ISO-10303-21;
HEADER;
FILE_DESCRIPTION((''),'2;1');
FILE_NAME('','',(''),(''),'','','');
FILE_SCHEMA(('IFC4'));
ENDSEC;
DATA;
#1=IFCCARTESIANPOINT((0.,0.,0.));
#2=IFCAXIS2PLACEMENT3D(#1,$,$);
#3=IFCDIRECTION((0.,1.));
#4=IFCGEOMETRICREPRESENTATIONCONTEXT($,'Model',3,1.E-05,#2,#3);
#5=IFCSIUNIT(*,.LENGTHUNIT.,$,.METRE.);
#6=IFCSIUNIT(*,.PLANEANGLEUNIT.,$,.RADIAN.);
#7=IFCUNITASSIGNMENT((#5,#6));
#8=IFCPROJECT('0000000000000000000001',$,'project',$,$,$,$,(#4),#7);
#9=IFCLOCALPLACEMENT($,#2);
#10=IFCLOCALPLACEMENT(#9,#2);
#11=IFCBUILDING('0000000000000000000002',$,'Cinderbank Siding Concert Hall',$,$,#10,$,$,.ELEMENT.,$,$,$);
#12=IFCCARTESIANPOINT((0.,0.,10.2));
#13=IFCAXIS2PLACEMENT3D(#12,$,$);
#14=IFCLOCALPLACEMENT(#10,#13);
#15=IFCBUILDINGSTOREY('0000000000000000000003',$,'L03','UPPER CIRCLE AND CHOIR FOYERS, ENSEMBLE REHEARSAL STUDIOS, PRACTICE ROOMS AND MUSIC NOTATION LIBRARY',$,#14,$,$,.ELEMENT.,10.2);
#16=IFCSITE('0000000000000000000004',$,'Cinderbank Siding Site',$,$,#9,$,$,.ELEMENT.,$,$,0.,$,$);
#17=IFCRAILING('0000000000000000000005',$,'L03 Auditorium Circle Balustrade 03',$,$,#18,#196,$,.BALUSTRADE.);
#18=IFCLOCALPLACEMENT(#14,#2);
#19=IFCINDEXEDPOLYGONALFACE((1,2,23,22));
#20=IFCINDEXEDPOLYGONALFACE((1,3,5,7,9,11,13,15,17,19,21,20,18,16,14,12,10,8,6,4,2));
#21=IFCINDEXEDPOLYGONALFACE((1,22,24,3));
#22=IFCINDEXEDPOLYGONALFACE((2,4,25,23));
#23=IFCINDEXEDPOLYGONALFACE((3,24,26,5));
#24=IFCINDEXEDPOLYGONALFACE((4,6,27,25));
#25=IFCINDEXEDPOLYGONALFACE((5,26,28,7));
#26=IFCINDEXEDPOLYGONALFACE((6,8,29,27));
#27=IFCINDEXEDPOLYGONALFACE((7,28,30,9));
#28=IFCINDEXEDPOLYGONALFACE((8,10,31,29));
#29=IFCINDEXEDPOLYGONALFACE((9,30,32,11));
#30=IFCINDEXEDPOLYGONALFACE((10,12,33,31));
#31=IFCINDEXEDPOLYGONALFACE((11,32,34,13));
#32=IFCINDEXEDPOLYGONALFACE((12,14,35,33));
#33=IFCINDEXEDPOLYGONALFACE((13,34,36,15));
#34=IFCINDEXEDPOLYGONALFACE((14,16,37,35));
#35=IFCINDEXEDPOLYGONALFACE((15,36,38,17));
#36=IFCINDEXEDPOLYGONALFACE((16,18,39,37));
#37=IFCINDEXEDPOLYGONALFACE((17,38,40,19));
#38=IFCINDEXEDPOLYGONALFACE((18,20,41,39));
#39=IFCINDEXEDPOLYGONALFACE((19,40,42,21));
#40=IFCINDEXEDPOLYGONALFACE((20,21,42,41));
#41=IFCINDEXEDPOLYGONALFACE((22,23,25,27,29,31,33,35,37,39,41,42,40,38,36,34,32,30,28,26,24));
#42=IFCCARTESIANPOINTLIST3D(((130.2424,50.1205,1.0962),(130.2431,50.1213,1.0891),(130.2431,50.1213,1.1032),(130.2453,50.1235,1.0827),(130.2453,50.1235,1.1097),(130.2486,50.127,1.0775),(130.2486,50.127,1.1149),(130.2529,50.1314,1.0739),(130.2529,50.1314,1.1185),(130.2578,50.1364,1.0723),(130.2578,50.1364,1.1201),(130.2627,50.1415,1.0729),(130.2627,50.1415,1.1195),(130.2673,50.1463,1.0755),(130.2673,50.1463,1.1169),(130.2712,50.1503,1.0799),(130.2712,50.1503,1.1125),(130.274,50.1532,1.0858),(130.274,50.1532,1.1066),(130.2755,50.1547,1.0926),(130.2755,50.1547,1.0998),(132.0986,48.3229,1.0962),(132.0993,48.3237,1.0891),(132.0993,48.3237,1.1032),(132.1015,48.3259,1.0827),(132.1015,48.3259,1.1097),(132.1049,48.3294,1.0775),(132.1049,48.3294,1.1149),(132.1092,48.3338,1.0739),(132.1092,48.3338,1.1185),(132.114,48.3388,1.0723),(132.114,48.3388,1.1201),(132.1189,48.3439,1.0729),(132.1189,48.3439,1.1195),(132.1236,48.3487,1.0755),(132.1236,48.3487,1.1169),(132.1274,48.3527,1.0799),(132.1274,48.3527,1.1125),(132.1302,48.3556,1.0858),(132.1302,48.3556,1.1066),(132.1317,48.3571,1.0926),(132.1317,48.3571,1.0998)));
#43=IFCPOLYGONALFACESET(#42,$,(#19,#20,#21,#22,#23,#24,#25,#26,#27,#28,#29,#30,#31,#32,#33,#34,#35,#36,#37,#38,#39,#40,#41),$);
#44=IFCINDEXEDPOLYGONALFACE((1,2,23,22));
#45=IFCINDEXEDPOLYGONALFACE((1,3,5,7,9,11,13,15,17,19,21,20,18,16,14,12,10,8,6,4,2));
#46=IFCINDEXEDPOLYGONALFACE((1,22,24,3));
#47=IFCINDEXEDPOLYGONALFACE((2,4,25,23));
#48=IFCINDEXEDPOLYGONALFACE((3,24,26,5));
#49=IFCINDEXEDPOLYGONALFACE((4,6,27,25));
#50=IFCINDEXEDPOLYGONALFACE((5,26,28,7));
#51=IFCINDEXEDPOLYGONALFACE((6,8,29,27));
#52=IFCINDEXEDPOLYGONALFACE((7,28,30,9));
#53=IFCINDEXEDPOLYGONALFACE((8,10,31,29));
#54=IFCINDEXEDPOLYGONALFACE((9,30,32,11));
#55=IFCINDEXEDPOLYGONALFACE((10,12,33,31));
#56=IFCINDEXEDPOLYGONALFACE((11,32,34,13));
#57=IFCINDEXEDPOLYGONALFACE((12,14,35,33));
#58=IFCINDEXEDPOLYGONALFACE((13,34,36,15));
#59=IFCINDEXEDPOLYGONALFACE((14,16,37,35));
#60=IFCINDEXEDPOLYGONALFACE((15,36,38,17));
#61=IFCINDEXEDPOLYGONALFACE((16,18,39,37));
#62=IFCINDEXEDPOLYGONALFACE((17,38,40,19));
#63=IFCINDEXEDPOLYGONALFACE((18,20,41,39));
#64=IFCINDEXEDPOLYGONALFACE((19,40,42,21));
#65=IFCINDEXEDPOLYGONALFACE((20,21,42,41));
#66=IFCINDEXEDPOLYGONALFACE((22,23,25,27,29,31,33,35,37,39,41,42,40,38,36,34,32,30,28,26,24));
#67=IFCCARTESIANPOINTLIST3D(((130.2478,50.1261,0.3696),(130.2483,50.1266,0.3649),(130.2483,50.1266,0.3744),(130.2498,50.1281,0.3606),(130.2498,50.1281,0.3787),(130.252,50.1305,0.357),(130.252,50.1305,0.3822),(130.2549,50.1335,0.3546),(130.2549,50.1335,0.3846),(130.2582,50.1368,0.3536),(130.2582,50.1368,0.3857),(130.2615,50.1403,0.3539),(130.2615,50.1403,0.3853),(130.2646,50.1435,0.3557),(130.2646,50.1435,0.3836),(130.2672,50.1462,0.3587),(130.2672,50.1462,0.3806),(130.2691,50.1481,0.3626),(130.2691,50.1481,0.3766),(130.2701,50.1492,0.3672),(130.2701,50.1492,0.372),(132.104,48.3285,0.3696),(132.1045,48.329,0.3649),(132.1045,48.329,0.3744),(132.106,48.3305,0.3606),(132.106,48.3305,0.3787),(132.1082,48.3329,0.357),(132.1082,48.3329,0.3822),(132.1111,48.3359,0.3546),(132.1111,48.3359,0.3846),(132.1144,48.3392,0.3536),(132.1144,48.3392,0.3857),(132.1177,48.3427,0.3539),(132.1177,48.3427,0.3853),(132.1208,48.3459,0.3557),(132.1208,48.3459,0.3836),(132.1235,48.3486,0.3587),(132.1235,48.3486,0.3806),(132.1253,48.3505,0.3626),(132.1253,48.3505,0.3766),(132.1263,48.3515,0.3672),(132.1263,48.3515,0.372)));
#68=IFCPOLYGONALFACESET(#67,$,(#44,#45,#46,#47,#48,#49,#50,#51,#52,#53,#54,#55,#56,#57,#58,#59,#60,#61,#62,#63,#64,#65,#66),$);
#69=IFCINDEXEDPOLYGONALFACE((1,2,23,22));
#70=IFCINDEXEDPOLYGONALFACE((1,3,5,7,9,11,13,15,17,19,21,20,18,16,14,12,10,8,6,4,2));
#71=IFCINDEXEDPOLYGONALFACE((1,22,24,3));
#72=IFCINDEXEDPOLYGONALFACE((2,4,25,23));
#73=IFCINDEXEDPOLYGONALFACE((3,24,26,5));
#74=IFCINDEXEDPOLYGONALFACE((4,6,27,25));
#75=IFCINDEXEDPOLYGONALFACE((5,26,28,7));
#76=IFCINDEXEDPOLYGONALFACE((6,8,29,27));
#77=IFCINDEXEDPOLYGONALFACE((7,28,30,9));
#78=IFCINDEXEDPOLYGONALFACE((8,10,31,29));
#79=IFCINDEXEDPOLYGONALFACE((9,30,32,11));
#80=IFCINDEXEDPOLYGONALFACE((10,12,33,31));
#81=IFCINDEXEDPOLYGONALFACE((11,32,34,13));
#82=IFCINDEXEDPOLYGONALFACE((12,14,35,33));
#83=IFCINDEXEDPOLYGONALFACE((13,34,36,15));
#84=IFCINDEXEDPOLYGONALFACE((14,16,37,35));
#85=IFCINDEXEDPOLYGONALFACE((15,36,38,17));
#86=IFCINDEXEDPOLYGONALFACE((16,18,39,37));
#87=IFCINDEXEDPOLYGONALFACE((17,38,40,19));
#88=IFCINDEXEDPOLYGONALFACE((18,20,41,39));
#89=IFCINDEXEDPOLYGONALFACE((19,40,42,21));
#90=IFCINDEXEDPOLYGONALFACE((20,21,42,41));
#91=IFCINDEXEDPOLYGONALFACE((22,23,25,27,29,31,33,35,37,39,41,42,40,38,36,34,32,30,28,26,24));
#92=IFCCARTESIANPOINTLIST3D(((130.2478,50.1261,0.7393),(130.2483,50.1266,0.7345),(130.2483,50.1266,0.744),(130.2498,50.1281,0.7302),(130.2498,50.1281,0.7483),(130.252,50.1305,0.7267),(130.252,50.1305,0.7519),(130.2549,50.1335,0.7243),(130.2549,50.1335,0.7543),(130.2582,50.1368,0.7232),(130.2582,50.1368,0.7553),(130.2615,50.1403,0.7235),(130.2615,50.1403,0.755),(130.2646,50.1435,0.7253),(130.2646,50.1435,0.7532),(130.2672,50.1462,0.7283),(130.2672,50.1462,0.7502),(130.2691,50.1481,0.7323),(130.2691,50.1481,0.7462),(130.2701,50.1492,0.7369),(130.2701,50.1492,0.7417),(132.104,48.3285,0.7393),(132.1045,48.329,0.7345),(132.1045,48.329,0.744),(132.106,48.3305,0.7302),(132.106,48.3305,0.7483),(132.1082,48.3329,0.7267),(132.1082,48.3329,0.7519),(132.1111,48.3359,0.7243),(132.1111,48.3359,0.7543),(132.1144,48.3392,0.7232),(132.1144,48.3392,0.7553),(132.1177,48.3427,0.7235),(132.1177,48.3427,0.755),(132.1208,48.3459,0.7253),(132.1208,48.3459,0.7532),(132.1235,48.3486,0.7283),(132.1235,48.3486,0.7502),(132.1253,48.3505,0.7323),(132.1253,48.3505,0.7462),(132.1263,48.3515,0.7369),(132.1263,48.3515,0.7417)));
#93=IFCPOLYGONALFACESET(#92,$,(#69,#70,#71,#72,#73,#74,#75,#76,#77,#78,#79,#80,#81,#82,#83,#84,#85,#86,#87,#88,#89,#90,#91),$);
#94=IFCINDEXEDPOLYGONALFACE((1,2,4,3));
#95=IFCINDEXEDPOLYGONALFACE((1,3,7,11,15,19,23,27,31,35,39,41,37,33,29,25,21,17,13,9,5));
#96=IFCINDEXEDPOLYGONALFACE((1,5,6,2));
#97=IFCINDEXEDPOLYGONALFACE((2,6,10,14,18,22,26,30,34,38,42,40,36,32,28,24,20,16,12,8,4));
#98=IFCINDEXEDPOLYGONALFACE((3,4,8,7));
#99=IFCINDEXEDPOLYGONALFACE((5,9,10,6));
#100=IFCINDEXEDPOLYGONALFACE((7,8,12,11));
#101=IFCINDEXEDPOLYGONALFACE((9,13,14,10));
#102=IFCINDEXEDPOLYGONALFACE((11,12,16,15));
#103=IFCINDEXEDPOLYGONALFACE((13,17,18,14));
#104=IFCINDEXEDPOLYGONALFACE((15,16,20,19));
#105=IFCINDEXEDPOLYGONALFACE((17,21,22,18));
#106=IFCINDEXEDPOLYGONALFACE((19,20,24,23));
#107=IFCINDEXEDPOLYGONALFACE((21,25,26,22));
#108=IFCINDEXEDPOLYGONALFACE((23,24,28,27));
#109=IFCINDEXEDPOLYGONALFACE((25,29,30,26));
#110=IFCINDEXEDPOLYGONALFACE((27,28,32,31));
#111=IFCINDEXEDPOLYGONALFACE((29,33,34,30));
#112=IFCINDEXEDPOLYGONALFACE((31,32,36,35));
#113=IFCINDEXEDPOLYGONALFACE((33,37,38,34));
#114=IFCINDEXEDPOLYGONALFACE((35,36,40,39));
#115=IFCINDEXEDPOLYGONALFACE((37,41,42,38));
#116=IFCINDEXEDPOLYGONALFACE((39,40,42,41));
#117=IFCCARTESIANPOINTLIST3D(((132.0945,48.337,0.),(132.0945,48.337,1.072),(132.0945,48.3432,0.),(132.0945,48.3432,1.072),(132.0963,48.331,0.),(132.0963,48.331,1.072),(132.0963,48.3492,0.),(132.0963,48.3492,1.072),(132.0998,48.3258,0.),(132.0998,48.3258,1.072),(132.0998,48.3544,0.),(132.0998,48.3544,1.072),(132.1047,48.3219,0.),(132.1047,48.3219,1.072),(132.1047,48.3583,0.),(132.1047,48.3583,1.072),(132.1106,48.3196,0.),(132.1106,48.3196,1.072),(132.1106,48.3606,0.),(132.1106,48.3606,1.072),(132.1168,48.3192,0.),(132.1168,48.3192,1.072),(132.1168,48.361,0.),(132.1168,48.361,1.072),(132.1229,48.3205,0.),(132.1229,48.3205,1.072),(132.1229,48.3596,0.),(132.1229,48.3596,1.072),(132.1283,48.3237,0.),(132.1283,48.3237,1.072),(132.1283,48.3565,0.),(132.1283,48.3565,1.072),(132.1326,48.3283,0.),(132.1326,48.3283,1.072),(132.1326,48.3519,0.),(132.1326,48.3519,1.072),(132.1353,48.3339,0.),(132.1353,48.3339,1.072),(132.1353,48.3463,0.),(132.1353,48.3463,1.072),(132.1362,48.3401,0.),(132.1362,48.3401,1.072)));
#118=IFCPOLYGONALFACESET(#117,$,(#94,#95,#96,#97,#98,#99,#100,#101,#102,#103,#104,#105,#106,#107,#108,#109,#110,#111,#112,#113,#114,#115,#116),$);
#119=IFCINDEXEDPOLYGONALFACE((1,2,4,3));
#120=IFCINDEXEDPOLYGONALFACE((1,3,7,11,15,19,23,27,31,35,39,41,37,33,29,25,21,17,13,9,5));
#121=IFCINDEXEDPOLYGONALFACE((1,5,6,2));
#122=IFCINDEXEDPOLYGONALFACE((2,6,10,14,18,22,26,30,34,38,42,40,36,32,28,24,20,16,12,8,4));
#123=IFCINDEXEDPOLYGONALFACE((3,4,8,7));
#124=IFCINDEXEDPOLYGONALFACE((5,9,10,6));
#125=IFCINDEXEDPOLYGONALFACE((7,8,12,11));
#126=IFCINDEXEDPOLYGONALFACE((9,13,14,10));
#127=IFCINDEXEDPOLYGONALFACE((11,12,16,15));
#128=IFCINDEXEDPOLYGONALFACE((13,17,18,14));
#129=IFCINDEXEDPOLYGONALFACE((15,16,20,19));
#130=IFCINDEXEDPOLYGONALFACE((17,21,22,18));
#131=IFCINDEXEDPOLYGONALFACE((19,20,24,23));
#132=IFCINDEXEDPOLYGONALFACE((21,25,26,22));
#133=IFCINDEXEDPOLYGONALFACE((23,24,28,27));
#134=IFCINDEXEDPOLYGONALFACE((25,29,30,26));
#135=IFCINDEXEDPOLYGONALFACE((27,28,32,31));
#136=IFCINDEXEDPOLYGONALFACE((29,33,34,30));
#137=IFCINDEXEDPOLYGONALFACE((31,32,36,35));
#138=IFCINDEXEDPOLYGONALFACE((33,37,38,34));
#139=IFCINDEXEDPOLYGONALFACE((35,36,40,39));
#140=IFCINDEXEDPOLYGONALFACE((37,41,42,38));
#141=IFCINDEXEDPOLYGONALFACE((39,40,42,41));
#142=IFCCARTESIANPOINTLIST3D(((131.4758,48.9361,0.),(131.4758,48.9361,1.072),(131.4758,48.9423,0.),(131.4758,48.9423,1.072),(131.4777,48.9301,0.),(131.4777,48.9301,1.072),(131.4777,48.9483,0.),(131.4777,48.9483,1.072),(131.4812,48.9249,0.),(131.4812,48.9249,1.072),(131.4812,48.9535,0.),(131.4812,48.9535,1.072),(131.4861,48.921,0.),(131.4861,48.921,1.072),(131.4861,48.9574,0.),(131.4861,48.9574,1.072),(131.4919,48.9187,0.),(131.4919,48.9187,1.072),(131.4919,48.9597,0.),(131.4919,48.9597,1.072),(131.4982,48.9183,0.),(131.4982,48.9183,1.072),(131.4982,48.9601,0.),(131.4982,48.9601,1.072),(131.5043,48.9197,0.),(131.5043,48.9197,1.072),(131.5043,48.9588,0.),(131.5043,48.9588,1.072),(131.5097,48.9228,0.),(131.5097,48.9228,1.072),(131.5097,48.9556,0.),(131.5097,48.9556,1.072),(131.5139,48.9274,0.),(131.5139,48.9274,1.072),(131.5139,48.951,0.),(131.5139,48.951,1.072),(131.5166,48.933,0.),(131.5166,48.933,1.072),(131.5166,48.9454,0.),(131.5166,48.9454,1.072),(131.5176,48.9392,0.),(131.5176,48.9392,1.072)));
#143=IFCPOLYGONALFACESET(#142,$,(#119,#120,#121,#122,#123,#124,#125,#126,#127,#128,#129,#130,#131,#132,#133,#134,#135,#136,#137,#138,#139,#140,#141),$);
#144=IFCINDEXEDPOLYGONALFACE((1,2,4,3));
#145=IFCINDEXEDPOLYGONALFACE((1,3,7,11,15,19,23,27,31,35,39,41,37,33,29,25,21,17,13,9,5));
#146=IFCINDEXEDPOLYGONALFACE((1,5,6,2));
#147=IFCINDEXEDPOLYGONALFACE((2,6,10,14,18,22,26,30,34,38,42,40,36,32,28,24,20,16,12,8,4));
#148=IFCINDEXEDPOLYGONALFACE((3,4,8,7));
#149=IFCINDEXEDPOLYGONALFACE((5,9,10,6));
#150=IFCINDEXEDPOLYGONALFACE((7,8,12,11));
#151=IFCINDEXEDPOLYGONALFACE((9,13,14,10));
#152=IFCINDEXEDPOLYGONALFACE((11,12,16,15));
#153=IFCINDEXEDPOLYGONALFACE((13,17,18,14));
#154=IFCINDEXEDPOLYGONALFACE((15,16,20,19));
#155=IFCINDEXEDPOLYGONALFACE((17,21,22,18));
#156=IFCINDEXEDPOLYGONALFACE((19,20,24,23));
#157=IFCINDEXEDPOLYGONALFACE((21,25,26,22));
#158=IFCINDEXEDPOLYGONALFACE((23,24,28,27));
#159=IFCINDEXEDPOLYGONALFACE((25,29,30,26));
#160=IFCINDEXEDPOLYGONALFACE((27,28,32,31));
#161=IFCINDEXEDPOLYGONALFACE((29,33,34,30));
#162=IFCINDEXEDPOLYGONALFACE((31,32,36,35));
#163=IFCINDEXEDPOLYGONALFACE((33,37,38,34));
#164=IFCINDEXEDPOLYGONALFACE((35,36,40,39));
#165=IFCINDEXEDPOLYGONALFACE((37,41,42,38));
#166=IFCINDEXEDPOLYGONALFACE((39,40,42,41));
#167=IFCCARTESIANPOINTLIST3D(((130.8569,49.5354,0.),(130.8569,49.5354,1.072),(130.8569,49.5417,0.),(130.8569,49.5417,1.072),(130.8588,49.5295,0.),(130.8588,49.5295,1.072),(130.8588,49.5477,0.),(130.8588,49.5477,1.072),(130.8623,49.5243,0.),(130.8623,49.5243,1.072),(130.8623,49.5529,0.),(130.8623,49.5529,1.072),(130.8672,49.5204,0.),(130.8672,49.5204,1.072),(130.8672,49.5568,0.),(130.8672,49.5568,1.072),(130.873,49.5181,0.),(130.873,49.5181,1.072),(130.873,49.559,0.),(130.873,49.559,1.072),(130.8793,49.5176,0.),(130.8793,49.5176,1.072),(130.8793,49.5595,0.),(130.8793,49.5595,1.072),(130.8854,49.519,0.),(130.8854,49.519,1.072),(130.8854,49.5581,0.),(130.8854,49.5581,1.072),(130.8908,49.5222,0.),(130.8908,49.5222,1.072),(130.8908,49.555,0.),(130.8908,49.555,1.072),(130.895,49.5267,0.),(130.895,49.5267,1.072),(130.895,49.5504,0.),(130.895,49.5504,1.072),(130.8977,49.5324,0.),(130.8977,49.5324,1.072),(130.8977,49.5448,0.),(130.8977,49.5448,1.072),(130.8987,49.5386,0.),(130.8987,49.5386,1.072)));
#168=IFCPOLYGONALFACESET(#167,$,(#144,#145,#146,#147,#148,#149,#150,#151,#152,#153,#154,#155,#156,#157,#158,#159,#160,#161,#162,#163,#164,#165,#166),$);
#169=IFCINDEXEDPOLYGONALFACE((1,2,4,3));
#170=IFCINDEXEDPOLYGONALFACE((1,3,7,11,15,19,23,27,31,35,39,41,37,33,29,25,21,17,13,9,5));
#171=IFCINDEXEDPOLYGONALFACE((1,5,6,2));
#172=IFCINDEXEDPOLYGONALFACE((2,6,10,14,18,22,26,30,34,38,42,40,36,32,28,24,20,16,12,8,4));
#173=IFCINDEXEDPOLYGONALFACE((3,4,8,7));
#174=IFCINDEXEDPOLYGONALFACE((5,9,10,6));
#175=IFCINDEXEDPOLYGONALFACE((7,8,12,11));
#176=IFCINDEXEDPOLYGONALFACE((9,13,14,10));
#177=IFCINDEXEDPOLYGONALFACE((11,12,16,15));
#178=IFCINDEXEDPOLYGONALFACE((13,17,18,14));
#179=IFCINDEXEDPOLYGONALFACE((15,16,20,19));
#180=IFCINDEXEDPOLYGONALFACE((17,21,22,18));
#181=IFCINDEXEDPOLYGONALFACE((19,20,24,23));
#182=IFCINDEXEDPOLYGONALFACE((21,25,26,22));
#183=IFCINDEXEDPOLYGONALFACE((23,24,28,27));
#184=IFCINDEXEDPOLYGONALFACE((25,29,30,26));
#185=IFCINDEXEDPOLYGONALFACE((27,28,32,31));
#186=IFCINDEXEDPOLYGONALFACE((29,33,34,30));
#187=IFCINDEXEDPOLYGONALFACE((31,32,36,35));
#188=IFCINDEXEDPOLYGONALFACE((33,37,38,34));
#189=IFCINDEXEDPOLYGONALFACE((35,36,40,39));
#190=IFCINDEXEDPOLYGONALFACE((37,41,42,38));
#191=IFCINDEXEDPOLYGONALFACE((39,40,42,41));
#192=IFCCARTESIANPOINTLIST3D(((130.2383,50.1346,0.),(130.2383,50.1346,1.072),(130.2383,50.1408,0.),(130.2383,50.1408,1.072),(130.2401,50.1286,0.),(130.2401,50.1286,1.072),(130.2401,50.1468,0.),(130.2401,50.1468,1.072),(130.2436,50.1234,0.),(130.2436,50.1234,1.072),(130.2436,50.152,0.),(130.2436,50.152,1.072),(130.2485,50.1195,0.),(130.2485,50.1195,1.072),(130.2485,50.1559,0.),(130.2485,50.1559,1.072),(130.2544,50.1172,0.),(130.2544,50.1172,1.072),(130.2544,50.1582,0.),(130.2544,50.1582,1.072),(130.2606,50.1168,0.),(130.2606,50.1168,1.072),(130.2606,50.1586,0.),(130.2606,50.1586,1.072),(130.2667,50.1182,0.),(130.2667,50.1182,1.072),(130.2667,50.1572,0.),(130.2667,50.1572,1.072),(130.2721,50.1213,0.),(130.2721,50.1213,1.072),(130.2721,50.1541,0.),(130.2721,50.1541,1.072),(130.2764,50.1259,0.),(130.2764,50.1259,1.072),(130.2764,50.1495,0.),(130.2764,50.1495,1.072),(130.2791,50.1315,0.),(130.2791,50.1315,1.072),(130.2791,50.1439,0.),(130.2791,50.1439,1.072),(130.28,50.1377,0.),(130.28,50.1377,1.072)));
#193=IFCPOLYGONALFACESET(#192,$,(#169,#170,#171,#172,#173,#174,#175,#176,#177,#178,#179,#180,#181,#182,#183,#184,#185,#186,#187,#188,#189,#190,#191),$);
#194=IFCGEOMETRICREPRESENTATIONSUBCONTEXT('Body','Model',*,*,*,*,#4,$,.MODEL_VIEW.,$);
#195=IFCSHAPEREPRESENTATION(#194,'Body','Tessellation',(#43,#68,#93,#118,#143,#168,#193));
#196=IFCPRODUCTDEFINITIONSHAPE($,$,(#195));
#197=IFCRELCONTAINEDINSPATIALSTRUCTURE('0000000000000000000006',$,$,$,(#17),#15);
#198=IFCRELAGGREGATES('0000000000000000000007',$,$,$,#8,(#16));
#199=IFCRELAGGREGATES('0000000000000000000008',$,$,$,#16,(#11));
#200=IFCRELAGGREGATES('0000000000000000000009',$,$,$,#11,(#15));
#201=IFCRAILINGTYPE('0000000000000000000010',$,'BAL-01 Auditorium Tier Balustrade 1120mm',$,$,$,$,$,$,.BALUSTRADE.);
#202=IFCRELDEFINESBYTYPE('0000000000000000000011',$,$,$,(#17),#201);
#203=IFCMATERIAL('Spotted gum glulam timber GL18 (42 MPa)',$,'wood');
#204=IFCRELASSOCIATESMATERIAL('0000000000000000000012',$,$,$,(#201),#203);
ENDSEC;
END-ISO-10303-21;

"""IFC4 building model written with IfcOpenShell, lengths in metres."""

from ifc_helpers import new_model, si_unit, direction, frame, origin, origin_2d, place, context, subcontext, project, spatial, circle, extrude, material, type_object, element, save


model = new_model("IFC4")

# Units and contexts
model_context = context("Model", 3, precision=1e-05, world=origin(), true_north=direction((0.0, 1.0)))
body_context = subcontext(model_context, "Body", "Model", "MODEL_VIEW")
ifc_project = project(units=[si_unit("LENGTHUNIT", "METRE"), si_unit("PLANEANGLEUNIT", "RADIAN")], contexts=[model_context])

# Site, building, storey
site_placement = place(None, origin())
site = spatial("IfcSite", under=ifc_project, at=site_placement, Name="Cinderbank Siding Site", CompositionType="ELEMENT", RefElevation=0.0)
building_placement = place(site_placement, origin())
building = spatial("IfcBuilding", under=site, at=building_placement, Name="Cinderbank Siding Concert Hall", CompositionType="ELEMENT")
storey_placement = place(building_placement, frame((0.0, 0.0, 10.2)))
storey = spatial("IfcBuildingStorey", under=building, at=storey_placement, Name="L03", Description="UPPER CIRCLE AND CHOIR FOYERS, ENSEMBLE REHEARSAL STUDIOS, PRACTICE ROOMS AND MUSIC NOTATION LIBRARY", CompositionType="ELEMENT", Elevation=10.2)

# Shared definitions
ifc_material_1 = material(Name="Spotted gum glulam timber GL18 (42 MPa)", Category="wood")

# Railing
railing_type = type_object("IfcRailingType", Name="BAL-01 Auditorium Tier Balustrade 1120mm", PredefinedType="BALUSTRADE", material=ifc_material_1)
railing_1_placement = place(storey_placement, frame((132.1152, 48.3401, 0.0)))
element("IfcRailing", 1, at=railing_1_placement, inside=storey, type_object=railing_type, Name="L03 Auditorium Circle Balustrade 03", PredefinedType="BALUSTRADE", context=body_context, shape_type="SweptSolid", body=[
    extrude(circle(Radius=0.0239, at=origin_2d()), frame((0.0, 0.0, 1.0962), z_axis=(-0.718354, 0.695678, 0.0), x_axis=(-0.695678, -0.718354, 0.0)), (0.0, 0.0, 1.0), 2.584),
    extrude(circle(Radius=0.0161, at=origin_2d()), frame((0.0, 0.0, 0.3696), z_axis=(-0.718354, 0.695678, 0.0), x_axis=(-0.695678, -0.718354, 0.0)), (0.0, 0.0, 1.0), 2.584),
    extrude(circle(Radius=0.0161, at=origin_2d()), frame((0.0, 0.0, 0.7393), z_axis=(-0.718354, 0.695678, 0.0), x_axis=(-0.695678, -0.718354, 0.0)), (0.0, 0.0, 1.0), 2.584),
    extrude(circle(Radius=0.021, at=origin_2d()), origin(), (0.0, 0.0, 1.0), 1.072),
    extrude(circle(Radius=0.021, at=origin_2d()), frame((-0.6187, 0.5991, 0.0)), (0.0, 0.0, 1.0), 1.072),
    extrude(circle(Radius=0.021, at=origin_2d()), frame((-1.2375, 1.1985, 0.0)), (0.0, 0.0, 1.0), 1.072),
    extrude(circle(Radius=0.021, at=origin_2d()), frame((-1.8562, 1.7976, 0.0)), (0.0, 0.0, 1.0), 1.072),
])

save(model, "model.ifc")
